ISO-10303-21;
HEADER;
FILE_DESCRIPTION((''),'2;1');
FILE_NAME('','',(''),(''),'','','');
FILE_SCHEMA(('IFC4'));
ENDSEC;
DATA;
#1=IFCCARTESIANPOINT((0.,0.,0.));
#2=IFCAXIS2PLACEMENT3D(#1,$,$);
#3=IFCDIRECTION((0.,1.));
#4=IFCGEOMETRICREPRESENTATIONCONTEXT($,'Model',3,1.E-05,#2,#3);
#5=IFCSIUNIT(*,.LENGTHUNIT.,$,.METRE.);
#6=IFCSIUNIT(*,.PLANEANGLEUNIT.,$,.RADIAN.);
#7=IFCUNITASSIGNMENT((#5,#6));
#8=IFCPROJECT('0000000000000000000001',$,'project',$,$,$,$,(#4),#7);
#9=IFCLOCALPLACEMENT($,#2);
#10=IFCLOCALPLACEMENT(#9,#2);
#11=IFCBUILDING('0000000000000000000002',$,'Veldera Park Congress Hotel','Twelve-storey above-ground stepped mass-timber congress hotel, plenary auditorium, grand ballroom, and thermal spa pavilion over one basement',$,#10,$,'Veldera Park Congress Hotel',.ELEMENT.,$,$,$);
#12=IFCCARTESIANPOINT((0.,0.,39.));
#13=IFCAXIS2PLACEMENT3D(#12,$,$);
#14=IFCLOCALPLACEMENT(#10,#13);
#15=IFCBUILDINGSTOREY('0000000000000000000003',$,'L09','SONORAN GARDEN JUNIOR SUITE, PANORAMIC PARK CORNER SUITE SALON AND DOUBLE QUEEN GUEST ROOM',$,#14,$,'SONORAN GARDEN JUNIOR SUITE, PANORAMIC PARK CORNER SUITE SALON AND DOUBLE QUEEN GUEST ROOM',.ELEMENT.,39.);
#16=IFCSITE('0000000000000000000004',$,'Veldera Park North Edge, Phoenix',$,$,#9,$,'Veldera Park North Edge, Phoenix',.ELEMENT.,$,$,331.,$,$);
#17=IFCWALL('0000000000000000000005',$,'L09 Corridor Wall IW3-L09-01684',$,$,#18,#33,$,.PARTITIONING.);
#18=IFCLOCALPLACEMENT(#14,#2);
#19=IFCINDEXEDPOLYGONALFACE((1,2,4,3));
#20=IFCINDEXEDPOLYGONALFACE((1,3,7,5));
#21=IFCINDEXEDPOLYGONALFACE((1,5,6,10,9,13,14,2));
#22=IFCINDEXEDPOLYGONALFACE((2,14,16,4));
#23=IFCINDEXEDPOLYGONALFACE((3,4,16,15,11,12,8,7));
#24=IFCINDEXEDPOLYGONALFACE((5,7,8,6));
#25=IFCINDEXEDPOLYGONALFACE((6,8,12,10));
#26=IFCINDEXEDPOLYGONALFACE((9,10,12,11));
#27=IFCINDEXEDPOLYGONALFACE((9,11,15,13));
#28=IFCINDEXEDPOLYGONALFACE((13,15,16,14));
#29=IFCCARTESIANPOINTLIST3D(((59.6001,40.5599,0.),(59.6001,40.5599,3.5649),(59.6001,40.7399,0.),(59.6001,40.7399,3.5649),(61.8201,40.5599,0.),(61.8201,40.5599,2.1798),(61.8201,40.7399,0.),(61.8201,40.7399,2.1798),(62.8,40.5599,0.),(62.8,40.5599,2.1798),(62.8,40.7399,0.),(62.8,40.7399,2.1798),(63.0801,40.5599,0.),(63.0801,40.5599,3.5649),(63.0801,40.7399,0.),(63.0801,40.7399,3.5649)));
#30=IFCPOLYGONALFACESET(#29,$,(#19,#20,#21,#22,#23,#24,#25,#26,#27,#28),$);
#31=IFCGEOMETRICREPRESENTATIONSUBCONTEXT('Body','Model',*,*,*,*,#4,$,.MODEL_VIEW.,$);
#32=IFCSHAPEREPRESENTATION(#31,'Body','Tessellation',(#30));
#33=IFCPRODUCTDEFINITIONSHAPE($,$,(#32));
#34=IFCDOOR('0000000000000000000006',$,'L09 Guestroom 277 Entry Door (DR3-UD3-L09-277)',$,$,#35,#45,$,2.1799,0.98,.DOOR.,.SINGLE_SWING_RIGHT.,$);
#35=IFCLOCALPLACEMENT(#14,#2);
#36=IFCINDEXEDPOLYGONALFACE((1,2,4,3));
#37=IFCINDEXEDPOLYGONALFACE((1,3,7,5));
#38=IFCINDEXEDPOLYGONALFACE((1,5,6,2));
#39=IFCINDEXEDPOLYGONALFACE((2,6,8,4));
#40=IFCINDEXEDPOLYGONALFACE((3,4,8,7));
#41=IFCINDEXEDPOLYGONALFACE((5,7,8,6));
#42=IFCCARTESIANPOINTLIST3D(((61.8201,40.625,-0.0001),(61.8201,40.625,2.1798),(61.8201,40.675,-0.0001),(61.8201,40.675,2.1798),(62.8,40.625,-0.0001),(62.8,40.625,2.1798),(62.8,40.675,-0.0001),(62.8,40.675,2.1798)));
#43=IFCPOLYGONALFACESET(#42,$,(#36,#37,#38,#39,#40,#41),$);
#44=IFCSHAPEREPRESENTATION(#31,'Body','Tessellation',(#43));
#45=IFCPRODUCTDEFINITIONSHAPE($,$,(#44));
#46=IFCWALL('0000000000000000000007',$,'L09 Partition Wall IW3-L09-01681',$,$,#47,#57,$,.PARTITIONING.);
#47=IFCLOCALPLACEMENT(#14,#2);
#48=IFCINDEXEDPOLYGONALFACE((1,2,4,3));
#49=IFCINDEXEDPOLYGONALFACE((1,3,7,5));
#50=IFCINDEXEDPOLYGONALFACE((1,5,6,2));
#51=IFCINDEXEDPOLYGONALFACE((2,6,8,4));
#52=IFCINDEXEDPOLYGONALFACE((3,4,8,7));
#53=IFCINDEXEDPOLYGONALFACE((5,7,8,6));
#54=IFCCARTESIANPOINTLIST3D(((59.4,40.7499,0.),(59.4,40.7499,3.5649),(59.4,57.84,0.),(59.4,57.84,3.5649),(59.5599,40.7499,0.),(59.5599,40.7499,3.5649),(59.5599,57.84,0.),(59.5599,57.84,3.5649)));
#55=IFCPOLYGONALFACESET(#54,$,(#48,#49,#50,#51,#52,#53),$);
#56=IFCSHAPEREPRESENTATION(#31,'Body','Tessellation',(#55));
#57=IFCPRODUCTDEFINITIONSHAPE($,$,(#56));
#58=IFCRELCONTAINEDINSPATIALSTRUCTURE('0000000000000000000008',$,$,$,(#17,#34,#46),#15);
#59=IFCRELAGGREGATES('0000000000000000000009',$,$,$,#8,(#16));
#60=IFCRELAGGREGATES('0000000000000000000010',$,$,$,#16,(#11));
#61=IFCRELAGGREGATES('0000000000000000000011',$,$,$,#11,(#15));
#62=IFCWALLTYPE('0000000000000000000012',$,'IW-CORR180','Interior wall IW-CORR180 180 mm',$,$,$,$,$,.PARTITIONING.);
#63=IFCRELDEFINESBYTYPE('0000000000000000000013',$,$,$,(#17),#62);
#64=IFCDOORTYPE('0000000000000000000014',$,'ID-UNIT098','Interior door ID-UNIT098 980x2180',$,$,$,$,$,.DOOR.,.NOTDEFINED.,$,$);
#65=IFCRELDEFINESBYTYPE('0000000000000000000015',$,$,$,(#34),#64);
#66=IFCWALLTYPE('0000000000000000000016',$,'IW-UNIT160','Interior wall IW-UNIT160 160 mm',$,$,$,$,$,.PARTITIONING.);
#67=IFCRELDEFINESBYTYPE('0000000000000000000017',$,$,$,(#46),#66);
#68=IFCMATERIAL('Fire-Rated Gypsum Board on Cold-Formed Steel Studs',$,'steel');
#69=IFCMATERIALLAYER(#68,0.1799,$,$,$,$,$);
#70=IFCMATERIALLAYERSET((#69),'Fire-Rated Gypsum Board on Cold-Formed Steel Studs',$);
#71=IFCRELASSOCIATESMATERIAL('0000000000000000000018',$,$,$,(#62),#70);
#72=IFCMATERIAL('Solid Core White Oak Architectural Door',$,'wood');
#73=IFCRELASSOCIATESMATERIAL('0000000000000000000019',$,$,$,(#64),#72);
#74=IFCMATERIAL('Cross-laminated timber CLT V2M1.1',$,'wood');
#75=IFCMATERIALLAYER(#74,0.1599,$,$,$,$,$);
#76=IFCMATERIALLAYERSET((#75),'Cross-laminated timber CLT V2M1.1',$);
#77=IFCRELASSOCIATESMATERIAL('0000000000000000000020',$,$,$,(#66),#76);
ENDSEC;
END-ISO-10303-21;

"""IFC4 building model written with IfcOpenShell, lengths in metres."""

from ifc_helpers import new_model, si_unit, direction, frame, frame_2d, origin, place, context, subcontext, project, spatial, rectangle, extrude, material, layer, layer_set, type_object, element, fill, save


model = new_model("IFC4")

# Units and contexts
model_context = context("Model", 3, precision=1e-05, world=origin(), true_north=direction((0.0, 1.0)))
body_context = subcontext(model_context, "Body", "Model", "MODEL_VIEW")
ifc_project = project(units=[si_unit("LENGTHUNIT", "METRE"), si_unit("PLANEANGLEUNIT", "RADIAN")], contexts=[model_context])

# Site, building, storey
site_placement = place(None, origin())
site = spatial("IfcSite", under=ifc_project, at=site_placement, Name="Veldera Park North Edge, Phoenix", LongName="Veldera Park North Edge, Phoenix", CompositionType="ELEMENT", RefElevation=331.0)
building_placement = place(site_placement, origin())
building = spatial("IfcBuilding", under=site, at=building_placement, Name="Veldera Park Congress Hotel", Description="Twelve-storey above-ground stepped mass-timber congress hotel, plenary auditorium, grand ballroom, and thermal spa pavilion over one basement", LongName="Veldera Park Congress Hotel", CompositionType="ELEMENT")
storey_placement = place(building_placement, frame((0.0, 0.0, 39.0)))
storey = spatial("IfcBuildingStorey", under=building, at=storey_placement, Name="L09", Description="SONORAN GARDEN JUNIOR SUITE, PANORAMIC PARK CORNER SUITE SALON AND DOUBLE QUEEN GUEST ROOM", LongName="SONORAN GARDEN JUNIOR SUITE, PANORAMIC PARK CORNER SUITE SALON AND DOUBLE QUEEN GUEST ROOM", CompositionType="ELEMENT", Elevation=39.0)

# Shared definitions
ifc_material_1 = material(Name="Fire-Rated Gypsum Board on Cold-Formed Steel Studs", Category="steel")

# Shared definitions
ifc_material_2 = material(Name="Solid Core White Oak Architectural Door", Category="wood")

# Wall, opening, door
ifc_layer_1 = layer(ifc_material_1, 0.1799)
ifc_layer_set_1 = layer_set([ifc_layer_1], Name="Fire-Rated Gypsum Board on Cold-Formed Steel Studs")
wall_type_1 = type_object("IfcWallType", Name="IW-CORR180", Description="Interior wall IW-CORR180 180 mm", PredefinedType="PARTITIONING", material=ifc_layer_set_1)
door_type_1 = type_object("IfcDoorType", Name="ID-UNIT098", Description="Interior door ID-UNIT098 980x2180", OperationType="NOTDEFINED", PredefinedType="DOOR", material=ifc_material_2)
wall_1_placement = place(storey_placement, frame((59.6001, 40.6499, 0.0), z_axis=(0.0, 0.0, 1.0), x_axis=(1.0, 0.0, 0.0)))
wall_1 = element("IfcWall", 1, at=wall_1_placement, inside=storey, type_object=wall_type_1, Name="L09 Corridor Wall IW3-L09-01684", PredefinedType="PARTITIONING", context=body_context, shape_type="SweptSolid", body=[
    extrude(rectangle(XDim=3.48, YDim=0.1799, at=frame_2d((1.74, 0.0))), origin(), (0.0, 0.0, 1.0), 3.5649),
])
opening_1_placement = place(wall_1_placement, frame((2.22, 0.0, 0.0)))
opening_1 = element("IfcOpeningElement", 2, at=opening_1_placement, cuts=wall_1, PredefinedType="OPENING", context=body_context, shape_type="SweptSolid", body=[
    extrude(rectangle(XDim=0.98, YDim=2.1799, at=frame_2d((0.49, 1.0898))), frame((0.0, 0.1021, 0.0), z_axis=(0.0, -1.0, 0.0), x_axis=(1.0, 0.0, 0.0)), (0.0, 0.0, 1.0), 0.2039),
])
door_1_placement = place(opening_1_placement, frame((0.98, 0.0, 0.0), z_axis=(0.0, 0.0, 1.0), x_axis=(-1.0, 0.0, 0.0)))
door_1 = element("IfcDoor", 3, at=door_1_placement, inside=storey, type_object=door_type_1, Name="L09 Guestroom 277 Entry Door (DR3-UD3-L09-277)", OperationType="SINGLE_SWING_RIGHT", OverallHeight=2.1799, OverallWidth=0.98, PredefinedType="DOOR", context=body_context, shape_type="SweptSolid", body=[
    extrude(rectangle(XDim=0.98, YDim=2.1799, at=frame_2d((0.49, 1.0898))), frame((0.0, 0.0249, 0.0), z_axis=(0.0, -1.0, 0.0), x_axis=(1.0, 0.0, 0.0)), (0.0, 0.0, 1.0), 0.05),
])
fill(opening_1, door_1)

# Wall
ifc_material_3 = material(Name="Cross-laminated timber CLT V2M1.1", Category="wood")
ifc_layer_2 = layer(ifc_material_3, 0.1599)
ifc_layer_set_2 = layer_set([ifc_layer_2], Name="Cross-laminated timber CLT V2M1.1")
wall_type_2 = type_object("IfcWallType", Name="IW-UNIT160", Description="Interior wall IW-UNIT160 160 mm", PredefinedType="PARTITIONING", material=ifc_layer_set_2)
wall_2_placement = place(storey_placement, frame((59.48, 40.75, 0.0), z_axis=(0.0, 0.0, 1.0), x_axis=(0.0, 1.0, 0.0)))
element("IfcWall", 4, at=wall_2_placement, inside=storey, type_object=wall_type_2, Name="L09 Partition Wall IW3-L09-01681", PredefinedType="PARTITIONING", context=body_context, shape_type="SweptSolid", body=[
    extrude(rectangle(XDim=17.0901, YDim=0.1599, at=frame_2d((8.5449, 0.0))), origin(), (0.0, 0.0, 1.0), 3.5649),
])

save(model, "model.ifc")
